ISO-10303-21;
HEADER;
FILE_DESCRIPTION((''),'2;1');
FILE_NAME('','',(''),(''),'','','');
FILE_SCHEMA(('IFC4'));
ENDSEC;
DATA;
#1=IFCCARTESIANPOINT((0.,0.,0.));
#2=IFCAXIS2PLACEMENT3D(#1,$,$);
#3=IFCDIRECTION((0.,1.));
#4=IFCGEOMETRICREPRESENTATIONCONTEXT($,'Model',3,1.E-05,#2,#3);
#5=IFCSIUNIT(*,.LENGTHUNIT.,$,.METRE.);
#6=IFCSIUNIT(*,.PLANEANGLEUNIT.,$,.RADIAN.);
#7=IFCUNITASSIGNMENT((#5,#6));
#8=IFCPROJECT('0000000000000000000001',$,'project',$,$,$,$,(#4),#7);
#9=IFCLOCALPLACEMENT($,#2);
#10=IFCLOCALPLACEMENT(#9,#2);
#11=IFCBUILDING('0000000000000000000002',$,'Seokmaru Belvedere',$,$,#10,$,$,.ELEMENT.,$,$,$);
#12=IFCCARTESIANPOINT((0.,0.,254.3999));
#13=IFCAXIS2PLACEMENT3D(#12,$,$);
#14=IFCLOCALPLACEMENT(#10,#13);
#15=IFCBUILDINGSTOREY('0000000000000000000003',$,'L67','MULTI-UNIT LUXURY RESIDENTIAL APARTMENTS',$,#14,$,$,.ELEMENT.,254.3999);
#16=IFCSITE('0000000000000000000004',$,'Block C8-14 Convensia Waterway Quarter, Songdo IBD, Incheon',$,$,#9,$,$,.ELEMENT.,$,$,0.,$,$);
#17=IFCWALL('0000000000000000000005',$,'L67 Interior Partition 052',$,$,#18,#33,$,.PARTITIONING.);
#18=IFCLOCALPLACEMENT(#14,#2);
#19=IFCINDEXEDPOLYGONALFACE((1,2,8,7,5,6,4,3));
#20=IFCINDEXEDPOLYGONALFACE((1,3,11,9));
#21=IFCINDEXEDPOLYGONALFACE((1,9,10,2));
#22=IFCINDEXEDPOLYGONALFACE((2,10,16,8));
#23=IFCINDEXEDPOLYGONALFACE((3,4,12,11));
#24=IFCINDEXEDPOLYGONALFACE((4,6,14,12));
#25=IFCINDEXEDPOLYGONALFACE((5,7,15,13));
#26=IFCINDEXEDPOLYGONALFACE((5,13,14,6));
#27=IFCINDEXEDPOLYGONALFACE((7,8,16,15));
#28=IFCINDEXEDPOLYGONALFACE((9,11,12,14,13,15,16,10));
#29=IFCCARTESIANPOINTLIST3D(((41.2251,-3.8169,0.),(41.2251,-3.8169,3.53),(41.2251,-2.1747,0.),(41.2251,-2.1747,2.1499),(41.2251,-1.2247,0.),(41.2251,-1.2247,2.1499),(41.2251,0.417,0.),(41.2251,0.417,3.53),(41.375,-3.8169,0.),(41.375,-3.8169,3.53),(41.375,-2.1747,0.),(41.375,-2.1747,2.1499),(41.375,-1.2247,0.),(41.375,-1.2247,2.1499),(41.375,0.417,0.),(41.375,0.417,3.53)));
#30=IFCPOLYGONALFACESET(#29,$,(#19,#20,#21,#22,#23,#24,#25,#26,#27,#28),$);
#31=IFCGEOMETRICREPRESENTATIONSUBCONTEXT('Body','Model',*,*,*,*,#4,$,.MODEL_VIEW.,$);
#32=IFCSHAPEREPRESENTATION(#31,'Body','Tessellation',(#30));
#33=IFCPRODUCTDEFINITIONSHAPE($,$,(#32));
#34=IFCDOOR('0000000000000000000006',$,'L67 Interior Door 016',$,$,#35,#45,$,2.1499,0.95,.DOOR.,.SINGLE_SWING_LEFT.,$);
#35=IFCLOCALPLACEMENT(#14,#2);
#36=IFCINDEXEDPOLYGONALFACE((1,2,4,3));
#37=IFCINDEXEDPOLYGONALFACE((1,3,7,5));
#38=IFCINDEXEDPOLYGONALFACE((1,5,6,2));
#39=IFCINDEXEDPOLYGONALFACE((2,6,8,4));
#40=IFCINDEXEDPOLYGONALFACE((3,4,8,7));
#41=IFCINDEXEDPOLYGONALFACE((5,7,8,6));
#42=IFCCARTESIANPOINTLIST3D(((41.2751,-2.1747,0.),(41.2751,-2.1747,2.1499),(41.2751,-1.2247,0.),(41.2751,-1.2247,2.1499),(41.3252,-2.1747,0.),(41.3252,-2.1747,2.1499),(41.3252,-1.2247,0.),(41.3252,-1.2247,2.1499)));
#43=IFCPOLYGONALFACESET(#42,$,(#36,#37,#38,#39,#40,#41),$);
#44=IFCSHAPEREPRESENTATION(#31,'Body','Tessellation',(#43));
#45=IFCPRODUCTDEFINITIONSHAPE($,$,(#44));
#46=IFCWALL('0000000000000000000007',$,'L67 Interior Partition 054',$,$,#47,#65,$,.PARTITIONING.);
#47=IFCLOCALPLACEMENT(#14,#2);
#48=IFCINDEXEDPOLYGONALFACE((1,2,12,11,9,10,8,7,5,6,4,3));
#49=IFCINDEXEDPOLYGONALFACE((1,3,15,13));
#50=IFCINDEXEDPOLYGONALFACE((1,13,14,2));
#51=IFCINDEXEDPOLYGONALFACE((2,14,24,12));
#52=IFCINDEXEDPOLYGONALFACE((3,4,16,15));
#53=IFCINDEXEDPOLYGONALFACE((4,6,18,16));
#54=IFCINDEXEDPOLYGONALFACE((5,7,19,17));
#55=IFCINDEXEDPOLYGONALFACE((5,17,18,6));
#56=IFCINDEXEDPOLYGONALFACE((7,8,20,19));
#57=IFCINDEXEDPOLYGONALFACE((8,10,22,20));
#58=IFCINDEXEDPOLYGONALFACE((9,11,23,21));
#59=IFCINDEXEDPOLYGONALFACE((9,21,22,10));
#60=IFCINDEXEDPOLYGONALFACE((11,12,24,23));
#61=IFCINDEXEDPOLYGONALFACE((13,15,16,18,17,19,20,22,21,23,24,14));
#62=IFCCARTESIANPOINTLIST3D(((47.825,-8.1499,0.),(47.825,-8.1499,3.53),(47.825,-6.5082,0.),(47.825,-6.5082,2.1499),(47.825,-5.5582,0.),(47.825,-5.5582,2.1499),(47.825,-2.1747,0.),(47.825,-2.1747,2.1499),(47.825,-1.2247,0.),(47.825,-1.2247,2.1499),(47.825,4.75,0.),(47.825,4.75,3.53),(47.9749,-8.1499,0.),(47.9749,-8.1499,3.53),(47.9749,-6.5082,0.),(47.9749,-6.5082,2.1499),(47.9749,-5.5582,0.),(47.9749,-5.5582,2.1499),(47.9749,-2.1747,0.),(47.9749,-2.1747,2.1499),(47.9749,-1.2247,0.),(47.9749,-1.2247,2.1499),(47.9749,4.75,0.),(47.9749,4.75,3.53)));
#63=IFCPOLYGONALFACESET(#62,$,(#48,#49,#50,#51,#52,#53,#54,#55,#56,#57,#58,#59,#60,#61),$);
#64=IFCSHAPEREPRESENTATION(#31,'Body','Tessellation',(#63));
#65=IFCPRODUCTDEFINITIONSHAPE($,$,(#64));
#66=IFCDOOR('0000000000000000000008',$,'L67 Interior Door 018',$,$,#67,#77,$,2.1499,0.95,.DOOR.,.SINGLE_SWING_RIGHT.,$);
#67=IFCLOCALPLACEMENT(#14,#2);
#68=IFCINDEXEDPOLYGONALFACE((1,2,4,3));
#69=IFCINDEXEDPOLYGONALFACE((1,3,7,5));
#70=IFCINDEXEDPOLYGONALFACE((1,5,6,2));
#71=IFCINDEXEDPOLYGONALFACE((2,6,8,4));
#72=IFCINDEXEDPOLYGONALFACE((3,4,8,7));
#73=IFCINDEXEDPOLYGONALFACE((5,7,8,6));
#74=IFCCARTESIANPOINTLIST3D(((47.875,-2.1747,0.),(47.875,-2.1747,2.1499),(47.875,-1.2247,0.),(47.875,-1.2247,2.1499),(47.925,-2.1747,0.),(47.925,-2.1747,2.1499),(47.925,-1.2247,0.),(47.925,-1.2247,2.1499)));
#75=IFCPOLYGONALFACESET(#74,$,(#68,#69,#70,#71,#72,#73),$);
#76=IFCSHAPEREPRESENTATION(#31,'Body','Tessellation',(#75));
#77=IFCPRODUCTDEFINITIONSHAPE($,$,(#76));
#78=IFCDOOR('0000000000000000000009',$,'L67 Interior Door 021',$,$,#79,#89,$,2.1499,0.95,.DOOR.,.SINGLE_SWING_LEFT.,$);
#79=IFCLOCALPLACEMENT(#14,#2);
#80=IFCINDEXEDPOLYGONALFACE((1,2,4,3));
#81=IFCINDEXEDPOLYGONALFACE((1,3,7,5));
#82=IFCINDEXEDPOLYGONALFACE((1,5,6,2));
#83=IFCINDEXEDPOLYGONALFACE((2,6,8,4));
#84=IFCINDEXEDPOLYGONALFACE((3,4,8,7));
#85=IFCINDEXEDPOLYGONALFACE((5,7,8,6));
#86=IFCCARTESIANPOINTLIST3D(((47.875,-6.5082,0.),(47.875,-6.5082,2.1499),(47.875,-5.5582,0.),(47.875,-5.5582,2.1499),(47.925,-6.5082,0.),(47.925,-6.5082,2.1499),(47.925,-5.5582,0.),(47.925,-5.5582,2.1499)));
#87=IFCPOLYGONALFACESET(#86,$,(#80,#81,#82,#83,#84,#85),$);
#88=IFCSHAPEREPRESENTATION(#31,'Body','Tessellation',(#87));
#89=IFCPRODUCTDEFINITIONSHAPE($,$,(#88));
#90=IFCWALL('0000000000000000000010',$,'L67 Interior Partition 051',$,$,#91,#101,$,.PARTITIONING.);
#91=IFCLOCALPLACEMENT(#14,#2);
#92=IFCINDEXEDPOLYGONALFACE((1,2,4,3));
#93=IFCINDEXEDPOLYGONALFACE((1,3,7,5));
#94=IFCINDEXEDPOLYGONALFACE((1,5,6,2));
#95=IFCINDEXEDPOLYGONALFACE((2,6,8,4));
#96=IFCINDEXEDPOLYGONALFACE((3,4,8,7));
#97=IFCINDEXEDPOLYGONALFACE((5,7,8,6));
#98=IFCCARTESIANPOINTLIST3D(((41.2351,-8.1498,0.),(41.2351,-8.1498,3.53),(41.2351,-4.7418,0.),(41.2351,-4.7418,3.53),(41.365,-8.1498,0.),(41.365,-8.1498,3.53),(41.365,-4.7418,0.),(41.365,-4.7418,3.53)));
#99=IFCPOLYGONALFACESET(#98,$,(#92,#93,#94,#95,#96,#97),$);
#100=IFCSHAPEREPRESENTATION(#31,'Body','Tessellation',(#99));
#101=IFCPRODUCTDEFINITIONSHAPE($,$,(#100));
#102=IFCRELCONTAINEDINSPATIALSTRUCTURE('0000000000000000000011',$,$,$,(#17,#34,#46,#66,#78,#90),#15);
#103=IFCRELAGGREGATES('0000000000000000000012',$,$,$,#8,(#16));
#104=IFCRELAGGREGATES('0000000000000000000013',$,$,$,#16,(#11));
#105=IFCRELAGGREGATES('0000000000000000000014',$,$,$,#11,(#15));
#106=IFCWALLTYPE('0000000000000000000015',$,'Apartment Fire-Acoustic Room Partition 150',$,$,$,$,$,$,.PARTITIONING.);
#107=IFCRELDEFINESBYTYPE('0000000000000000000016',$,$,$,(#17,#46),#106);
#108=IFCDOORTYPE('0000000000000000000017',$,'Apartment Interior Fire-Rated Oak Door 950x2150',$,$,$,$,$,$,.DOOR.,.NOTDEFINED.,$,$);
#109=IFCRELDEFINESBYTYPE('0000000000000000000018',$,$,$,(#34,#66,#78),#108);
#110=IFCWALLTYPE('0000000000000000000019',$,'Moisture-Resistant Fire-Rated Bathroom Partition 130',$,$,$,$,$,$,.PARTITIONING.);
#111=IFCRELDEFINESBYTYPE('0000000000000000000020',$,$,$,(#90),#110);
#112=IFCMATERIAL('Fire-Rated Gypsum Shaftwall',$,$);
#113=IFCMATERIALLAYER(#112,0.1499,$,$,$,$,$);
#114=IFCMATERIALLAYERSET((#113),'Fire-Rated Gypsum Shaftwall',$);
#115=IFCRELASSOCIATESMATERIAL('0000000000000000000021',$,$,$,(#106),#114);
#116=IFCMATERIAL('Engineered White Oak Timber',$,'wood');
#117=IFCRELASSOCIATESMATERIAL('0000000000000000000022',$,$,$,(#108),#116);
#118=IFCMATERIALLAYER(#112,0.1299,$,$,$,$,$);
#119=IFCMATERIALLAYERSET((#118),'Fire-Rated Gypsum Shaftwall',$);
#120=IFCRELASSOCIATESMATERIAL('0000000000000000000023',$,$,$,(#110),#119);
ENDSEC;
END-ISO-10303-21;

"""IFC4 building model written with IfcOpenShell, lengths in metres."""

from ifc_helpers import new_model, si_unit, direction, frame, frame_2d, origin, place, context, subcontext, project, spatial, rectangle, extrude, source, transform, mapped, material, layer, layer_set, type_object, type_shapes, element, fill, save


model = new_model("IFC4")

# Units and contexts
model_context = context("Model", 3, precision=1e-05, world=origin(), true_north=direction((0.0, 1.0)))
body_context = subcontext(model_context, "Body", "Model", "MODEL_VIEW")
ifc_project = project(units=[si_unit("LENGTHUNIT", "METRE"), si_unit("PLANEANGLEUNIT", "RADIAN")], contexts=[model_context])

# Site, building, storey
site_placement = place(None, origin())
site = spatial("IfcSite", under=ifc_project, at=site_placement, Name="Block C8-14 Convensia Waterway Quarter, Songdo IBD, Incheon", CompositionType="ELEMENT", RefElevation=0.0)
building_placement = place(site_placement, origin())
building = spatial("IfcBuilding", under=site, at=building_placement, Name="Seokmaru Belvedere", CompositionType="ELEMENT")
storey_placement = place(building_placement, frame((0.0, 0.0, 254.3999)))
storey = spatial("IfcBuildingStorey", under=building, at=storey_placement, Name="L67", Description="MULTI-UNIT LUXURY RESIDENTIAL APARTMENTS", CompositionType="ELEMENT", Elevation=254.3999)

# Wall, opening, door
ifc_material_1 = material(Name="Fire-Rated Gypsum Shaftwall")
ifc_layer_1 = layer(ifc_material_1, 0.1499)
ifc_layer_set_1 = layer_set([ifc_layer_1], Name="Fire-Rated Gypsum Shaftwall")
wall_type_1 = type_object("IfcWallType", Name="Apartment Fire-Acoustic Room Partition 150", PredefinedType="PARTITIONING", material=ifc_layer_set_1)
ifc_material_2 = material(Name="Engineered White Oak Timber", Category="wood")
door_type = type_object("IfcDoorType", Name="Apartment Interior Fire-Rated Oak Door 950x2150", OperationType="NOTDEFINED", PredefinedType="DOOR", material=ifc_material_2)
shared_shape_1 = source(origin(), body_context, "Body", "SweptSolid", [
    extrude(rectangle(XDim=0.95, YDim=2.1499, at=frame_2d((0.4751, 1.075))), frame((0.0, 0.0249, 0.0), z_axis=(0.0, -1.0, 0.0), x_axis=(1.0, 0.0, 0.0)), (0.0, 0.0, 1.0), 0.05),
])
type_shapes(door_type, [shared_shape_1])
wall_1_placement = place(storey_placement, frame((41.3, -3.8169, 0.0), z_axis=(0.0, 0.0, 1.0), x_axis=(0.0, 1.0, 0.0)))
wall_1 = element("IfcWall", 1, at=wall_1_placement, inside=storey, type_object=wall_type_1, Name="L67 Interior Partition 052", PredefinedType="PARTITIONING", context=body_context, shape_type="SweptSolid", body=[
    extrude(rectangle(XDim=4.2339, YDim=0.1499, at=frame_2d((2.1169, 0.0))), origin(), (0.0, 0.0, 1.0), 3.53),
])
opening_1_placement = place(wall_1_placement, frame((1.6421, 0.0, 0.0)))
opening_1 = element("IfcOpeningElement", 2, at=opening_1_placement, cuts=wall_1, PredefinedType="OPENING", context=body_context, shape_type="SweptSolid", body=[
    extrude(rectangle(XDim=0.95, YDim=2.1499, at=frame_2d((0.4751, 1.075))), frame((0.0, 0.085, 0.0), z_axis=(0.0, -1.0, 0.0), x_axis=(1.0, 0.0, 0.0)), (0.0, 0.0, 1.0), 0.1699),
])
door_1_placement = place(opening_1_placement, origin())
door_1 = element("IfcDoor", 3, at=door_1_placement, inside=storey, type_object=door_type, Name="L67 Interior Door 016", OperationType="SINGLE_SWING_LEFT", OverallHeight=2.1499, OverallWidth=0.95, PredefinedType="DOOR", context=body_context, shape_type="MappedRepresentation", body=[
    mapped(shared_shape_1, transform((0.0, 0.0, 0.0), scale=1.0)),
])
fill(opening_1, door_1)

# Wall, openings, doors
wall_2_placement = place(storey_placement, frame((47.8999, -8.1499, 0.0), z_axis=(0.0, 0.0, 1.0), x_axis=(0.0, 1.0, 0.0)))
wall_2 = element("IfcWall", 4, at=wall_2_placement, inside=storey, type_object=wall_type_1, Name="L67 Interior Partition 054", PredefinedType="PARTITIONING", context=body_context, shape_type="SweptSolid", body=[
    extrude(rectangle(XDim=12.8999, YDim=0.1499, at=frame_2d((6.45, 0.0))), origin(), (0.0, 0.0, 1.0), 3.53),
])
opening_2_placement = place(wall_2_placement, frame((5.9751, 0.0, 0.0)))
opening_2 = element("IfcOpeningElement", 5, at=opening_2_placement, cuts=wall_2, PredefinedType="OPENING", context=body_context, shape_type="SweptSolid", body=[
    extrude(rectangle(XDim=0.95, YDim=2.1499, at=frame_2d((0.4751, 1.075))), frame((0.0, 0.085, 0.0), z_axis=(0.0, -1.0, 0.0), x_axis=(1.0, 0.0, 0.0)), (0.0, 0.0, 1.0), 0.1699),
])
opening_3_placement = place(wall_2_placement, frame((1.6416, 0.0, 0.0)))
opening_3 = element("IfcOpeningElement", 6, at=opening_3_placement, cuts=wall_2, PredefinedType="OPENING", context=body_context, shape_type="SweptSolid", body=[
    extrude(rectangle(XDim=0.95, YDim=2.1499, at=frame_2d((0.4751, 1.075))), frame((0.0, 0.085, 0.0), z_axis=(0.0, -1.0, 0.0), x_axis=(1.0, 0.0, 0.0)), (0.0, 0.0, 1.0), 0.1699),
])
door_2_placement = place(opening_2_placement, origin())
door_2 = element("IfcDoor", 7, at=door_2_placement, inside=storey, type_object=door_type, Name="L67 Interior Door 018", OperationType="SINGLE_SWING_RIGHT", OverallHeight=2.1499, OverallWidth=0.95, PredefinedType="DOOR", context=body_context, shape_type="MappedRepresentation", body=[
    mapped(shared_shape_1, transform((0.0, 0.0, 0.0), scale=1.0)),
])
fill(opening_2, door_2)
door_3_placement = place(opening_3_placement, origin())
door_3 = element("IfcDoor", 8, at=door_3_placement, inside=storey, type_object=door_type, Name="L67 Interior Door 021", OperationType="SINGLE_SWING_LEFT", OverallHeight=2.1499, OverallWidth=0.95, PredefinedType="DOOR", context=body_context, shape_type="MappedRepresentation", body=[
    mapped(shared_shape_1, transform((0.0, 0.0, 0.0), scale=1.0)),
])
fill(opening_3, door_3)

# Wall
ifc_layer_2 = layer(ifc_material_1, 0.1299)
ifc_layer_set_2 = layer_set([ifc_layer_2], Name="Fire-Rated Gypsum Shaftwall")
wall_type_2 = type_object("IfcWallType", Name="Moisture-Resistant Fire-Rated Bathroom Partition 130", PredefinedType="PARTITIONING", material=ifc_layer_set_2)
wall_3_placement = place(storey_placement, frame((41.3, -8.1499, 0.0), z_axis=(0.0, 0.0, 1.0), x_axis=(0.0, 1.0, 0.0)))
element("IfcWall", 9, at=wall_3_placement, inside=storey, type_object=wall_type_2, Name="L67 Interior Partition 051", PredefinedType="PARTITIONING", context=body_context, shape_type="SweptSolid", body=[
    extrude(rectangle(XDim=3.408, YDim=0.1299, at=frame_2d((1.7041, 0.0))), origin(), (0.0, 0.0, 1.0), 3.53),
])

save(model, "model.ifc")
